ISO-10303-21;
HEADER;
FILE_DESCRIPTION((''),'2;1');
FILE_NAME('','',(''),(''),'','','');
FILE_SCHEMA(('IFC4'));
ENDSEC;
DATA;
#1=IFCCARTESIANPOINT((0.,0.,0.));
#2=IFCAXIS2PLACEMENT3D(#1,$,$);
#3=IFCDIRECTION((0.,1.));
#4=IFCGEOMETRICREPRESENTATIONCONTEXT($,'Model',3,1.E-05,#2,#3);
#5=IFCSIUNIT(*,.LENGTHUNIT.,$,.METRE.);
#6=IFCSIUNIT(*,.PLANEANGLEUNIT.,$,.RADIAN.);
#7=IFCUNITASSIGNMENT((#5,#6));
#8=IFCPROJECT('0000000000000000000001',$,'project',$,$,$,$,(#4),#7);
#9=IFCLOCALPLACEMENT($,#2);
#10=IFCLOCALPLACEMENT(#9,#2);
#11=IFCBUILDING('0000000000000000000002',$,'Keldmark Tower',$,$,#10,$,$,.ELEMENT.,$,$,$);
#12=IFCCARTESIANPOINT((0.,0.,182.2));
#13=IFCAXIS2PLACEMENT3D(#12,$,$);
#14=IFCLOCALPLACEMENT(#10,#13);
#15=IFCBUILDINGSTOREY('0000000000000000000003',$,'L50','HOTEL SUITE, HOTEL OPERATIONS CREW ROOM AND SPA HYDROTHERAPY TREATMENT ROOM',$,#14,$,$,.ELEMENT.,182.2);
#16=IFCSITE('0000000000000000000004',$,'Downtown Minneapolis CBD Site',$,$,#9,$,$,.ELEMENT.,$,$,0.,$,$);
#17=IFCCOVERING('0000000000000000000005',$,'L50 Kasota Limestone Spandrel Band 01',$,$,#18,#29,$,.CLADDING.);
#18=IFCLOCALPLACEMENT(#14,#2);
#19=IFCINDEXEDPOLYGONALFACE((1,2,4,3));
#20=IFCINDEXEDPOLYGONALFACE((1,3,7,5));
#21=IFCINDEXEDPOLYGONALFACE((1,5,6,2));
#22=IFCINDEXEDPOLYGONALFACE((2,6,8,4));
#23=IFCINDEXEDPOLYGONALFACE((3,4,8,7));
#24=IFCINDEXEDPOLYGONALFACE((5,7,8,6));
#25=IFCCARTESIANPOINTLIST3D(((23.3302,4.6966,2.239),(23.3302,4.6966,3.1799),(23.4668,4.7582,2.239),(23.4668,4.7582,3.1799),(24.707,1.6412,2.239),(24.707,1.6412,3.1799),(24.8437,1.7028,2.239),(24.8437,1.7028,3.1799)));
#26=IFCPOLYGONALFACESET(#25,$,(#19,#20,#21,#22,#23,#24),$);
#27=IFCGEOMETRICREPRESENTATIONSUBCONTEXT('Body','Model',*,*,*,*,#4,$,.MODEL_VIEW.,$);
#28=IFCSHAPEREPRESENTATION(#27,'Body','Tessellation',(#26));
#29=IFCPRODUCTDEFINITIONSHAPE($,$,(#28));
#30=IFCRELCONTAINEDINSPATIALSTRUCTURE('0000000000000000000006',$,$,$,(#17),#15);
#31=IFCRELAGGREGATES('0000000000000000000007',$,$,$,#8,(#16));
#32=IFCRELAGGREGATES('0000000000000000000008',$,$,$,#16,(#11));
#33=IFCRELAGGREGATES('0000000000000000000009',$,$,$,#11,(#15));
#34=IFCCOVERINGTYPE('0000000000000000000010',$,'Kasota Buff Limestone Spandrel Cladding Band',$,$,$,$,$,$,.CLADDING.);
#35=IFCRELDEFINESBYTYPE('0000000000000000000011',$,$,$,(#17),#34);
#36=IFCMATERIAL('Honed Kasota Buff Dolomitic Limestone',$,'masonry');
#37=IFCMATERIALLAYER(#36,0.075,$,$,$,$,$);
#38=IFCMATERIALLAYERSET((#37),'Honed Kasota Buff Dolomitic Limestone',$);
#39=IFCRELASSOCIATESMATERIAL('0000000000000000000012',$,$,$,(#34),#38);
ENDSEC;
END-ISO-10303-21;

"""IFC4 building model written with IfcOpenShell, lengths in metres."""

from ifc_helpers import new_model, si_unit, direction, frame, origin, origin_2d, place, context, subcontext, project, spatial, rectangle, extrude, material, layer, layer_set, type_object, element, save


model = new_model("IFC4")

# Units and contexts
model_context = context("Model", 3, precision=1e-05, world=origin(), true_north=direction((0.0, 1.0)))
body_context = subcontext(model_context, "Body", "Model", "MODEL_VIEW")
ifc_project = project(units=[si_unit("LENGTHUNIT", "METRE"), si_unit("PLANEANGLEUNIT", "RADIAN")], contexts=[model_context])

# Site, building, storey
site_placement = place(None, origin())
site = spatial("IfcSite", under=ifc_project, at=site_placement, Name="Downtown Minneapolis CBD Site", CompositionType="ELEMENT", RefElevation=0.0)
building_placement = place(site_placement, origin())
building = spatial("IfcBuilding", under=site, at=building_placement, Name="Keldmark Tower", CompositionType="ELEMENT")
storey_placement = place(building_placement, frame((0.0, 0.0, 182.2)))
storey = spatial("IfcBuildingStorey", under=building, at=storey_placement, Name="L50", Description="HOTEL SUITE, HOTEL OPERATIONS CREW ROOM AND SPA HYDROTHERAPY TREATMENT ROOM", CompositionType="ELEMENT", Elevation=182.2)

# Covering
ifc_material_1 = material(Name="Honed Kasota Buff Dolomitic Limestone", Category="masonry")
ifc_layer_1 = layer(ifc_material_1, 0.075)
ifc_layer_set_1 = layer_set([ifc_layer_1], Name="Honed Kasota Buff Dolomitic Limestone")
covering_type = type_object("IfcCoveringType", Name="Kasota Buff Limestone Spandrel Cladding Band", PredefinedType="CLADDING", material=ifc_layer_set_1)
covering_placement = place(storey_placement, frame((24.0869, 3.1997, 2.239), z_axis=(0.0, 0.0, 1.0), x_axis=(-0.41083, 0.911712, 0.0)))
element("IfcCovering", 1, at=covering_placement, inside=storey, type_object=covering_type, Name="L50 Kasota Limestone Spandrel Band 01", PredefinedType="CLADDING", context=body_context, shape_type="SweptSolid", body=[
    extrude(rectangle(XDim=3.3513, YDim=0.1499, at=origin_2d()), origin(), (0.0, 0.0, 1.0), 0.9409),
])

save(model, "model.ifc")
